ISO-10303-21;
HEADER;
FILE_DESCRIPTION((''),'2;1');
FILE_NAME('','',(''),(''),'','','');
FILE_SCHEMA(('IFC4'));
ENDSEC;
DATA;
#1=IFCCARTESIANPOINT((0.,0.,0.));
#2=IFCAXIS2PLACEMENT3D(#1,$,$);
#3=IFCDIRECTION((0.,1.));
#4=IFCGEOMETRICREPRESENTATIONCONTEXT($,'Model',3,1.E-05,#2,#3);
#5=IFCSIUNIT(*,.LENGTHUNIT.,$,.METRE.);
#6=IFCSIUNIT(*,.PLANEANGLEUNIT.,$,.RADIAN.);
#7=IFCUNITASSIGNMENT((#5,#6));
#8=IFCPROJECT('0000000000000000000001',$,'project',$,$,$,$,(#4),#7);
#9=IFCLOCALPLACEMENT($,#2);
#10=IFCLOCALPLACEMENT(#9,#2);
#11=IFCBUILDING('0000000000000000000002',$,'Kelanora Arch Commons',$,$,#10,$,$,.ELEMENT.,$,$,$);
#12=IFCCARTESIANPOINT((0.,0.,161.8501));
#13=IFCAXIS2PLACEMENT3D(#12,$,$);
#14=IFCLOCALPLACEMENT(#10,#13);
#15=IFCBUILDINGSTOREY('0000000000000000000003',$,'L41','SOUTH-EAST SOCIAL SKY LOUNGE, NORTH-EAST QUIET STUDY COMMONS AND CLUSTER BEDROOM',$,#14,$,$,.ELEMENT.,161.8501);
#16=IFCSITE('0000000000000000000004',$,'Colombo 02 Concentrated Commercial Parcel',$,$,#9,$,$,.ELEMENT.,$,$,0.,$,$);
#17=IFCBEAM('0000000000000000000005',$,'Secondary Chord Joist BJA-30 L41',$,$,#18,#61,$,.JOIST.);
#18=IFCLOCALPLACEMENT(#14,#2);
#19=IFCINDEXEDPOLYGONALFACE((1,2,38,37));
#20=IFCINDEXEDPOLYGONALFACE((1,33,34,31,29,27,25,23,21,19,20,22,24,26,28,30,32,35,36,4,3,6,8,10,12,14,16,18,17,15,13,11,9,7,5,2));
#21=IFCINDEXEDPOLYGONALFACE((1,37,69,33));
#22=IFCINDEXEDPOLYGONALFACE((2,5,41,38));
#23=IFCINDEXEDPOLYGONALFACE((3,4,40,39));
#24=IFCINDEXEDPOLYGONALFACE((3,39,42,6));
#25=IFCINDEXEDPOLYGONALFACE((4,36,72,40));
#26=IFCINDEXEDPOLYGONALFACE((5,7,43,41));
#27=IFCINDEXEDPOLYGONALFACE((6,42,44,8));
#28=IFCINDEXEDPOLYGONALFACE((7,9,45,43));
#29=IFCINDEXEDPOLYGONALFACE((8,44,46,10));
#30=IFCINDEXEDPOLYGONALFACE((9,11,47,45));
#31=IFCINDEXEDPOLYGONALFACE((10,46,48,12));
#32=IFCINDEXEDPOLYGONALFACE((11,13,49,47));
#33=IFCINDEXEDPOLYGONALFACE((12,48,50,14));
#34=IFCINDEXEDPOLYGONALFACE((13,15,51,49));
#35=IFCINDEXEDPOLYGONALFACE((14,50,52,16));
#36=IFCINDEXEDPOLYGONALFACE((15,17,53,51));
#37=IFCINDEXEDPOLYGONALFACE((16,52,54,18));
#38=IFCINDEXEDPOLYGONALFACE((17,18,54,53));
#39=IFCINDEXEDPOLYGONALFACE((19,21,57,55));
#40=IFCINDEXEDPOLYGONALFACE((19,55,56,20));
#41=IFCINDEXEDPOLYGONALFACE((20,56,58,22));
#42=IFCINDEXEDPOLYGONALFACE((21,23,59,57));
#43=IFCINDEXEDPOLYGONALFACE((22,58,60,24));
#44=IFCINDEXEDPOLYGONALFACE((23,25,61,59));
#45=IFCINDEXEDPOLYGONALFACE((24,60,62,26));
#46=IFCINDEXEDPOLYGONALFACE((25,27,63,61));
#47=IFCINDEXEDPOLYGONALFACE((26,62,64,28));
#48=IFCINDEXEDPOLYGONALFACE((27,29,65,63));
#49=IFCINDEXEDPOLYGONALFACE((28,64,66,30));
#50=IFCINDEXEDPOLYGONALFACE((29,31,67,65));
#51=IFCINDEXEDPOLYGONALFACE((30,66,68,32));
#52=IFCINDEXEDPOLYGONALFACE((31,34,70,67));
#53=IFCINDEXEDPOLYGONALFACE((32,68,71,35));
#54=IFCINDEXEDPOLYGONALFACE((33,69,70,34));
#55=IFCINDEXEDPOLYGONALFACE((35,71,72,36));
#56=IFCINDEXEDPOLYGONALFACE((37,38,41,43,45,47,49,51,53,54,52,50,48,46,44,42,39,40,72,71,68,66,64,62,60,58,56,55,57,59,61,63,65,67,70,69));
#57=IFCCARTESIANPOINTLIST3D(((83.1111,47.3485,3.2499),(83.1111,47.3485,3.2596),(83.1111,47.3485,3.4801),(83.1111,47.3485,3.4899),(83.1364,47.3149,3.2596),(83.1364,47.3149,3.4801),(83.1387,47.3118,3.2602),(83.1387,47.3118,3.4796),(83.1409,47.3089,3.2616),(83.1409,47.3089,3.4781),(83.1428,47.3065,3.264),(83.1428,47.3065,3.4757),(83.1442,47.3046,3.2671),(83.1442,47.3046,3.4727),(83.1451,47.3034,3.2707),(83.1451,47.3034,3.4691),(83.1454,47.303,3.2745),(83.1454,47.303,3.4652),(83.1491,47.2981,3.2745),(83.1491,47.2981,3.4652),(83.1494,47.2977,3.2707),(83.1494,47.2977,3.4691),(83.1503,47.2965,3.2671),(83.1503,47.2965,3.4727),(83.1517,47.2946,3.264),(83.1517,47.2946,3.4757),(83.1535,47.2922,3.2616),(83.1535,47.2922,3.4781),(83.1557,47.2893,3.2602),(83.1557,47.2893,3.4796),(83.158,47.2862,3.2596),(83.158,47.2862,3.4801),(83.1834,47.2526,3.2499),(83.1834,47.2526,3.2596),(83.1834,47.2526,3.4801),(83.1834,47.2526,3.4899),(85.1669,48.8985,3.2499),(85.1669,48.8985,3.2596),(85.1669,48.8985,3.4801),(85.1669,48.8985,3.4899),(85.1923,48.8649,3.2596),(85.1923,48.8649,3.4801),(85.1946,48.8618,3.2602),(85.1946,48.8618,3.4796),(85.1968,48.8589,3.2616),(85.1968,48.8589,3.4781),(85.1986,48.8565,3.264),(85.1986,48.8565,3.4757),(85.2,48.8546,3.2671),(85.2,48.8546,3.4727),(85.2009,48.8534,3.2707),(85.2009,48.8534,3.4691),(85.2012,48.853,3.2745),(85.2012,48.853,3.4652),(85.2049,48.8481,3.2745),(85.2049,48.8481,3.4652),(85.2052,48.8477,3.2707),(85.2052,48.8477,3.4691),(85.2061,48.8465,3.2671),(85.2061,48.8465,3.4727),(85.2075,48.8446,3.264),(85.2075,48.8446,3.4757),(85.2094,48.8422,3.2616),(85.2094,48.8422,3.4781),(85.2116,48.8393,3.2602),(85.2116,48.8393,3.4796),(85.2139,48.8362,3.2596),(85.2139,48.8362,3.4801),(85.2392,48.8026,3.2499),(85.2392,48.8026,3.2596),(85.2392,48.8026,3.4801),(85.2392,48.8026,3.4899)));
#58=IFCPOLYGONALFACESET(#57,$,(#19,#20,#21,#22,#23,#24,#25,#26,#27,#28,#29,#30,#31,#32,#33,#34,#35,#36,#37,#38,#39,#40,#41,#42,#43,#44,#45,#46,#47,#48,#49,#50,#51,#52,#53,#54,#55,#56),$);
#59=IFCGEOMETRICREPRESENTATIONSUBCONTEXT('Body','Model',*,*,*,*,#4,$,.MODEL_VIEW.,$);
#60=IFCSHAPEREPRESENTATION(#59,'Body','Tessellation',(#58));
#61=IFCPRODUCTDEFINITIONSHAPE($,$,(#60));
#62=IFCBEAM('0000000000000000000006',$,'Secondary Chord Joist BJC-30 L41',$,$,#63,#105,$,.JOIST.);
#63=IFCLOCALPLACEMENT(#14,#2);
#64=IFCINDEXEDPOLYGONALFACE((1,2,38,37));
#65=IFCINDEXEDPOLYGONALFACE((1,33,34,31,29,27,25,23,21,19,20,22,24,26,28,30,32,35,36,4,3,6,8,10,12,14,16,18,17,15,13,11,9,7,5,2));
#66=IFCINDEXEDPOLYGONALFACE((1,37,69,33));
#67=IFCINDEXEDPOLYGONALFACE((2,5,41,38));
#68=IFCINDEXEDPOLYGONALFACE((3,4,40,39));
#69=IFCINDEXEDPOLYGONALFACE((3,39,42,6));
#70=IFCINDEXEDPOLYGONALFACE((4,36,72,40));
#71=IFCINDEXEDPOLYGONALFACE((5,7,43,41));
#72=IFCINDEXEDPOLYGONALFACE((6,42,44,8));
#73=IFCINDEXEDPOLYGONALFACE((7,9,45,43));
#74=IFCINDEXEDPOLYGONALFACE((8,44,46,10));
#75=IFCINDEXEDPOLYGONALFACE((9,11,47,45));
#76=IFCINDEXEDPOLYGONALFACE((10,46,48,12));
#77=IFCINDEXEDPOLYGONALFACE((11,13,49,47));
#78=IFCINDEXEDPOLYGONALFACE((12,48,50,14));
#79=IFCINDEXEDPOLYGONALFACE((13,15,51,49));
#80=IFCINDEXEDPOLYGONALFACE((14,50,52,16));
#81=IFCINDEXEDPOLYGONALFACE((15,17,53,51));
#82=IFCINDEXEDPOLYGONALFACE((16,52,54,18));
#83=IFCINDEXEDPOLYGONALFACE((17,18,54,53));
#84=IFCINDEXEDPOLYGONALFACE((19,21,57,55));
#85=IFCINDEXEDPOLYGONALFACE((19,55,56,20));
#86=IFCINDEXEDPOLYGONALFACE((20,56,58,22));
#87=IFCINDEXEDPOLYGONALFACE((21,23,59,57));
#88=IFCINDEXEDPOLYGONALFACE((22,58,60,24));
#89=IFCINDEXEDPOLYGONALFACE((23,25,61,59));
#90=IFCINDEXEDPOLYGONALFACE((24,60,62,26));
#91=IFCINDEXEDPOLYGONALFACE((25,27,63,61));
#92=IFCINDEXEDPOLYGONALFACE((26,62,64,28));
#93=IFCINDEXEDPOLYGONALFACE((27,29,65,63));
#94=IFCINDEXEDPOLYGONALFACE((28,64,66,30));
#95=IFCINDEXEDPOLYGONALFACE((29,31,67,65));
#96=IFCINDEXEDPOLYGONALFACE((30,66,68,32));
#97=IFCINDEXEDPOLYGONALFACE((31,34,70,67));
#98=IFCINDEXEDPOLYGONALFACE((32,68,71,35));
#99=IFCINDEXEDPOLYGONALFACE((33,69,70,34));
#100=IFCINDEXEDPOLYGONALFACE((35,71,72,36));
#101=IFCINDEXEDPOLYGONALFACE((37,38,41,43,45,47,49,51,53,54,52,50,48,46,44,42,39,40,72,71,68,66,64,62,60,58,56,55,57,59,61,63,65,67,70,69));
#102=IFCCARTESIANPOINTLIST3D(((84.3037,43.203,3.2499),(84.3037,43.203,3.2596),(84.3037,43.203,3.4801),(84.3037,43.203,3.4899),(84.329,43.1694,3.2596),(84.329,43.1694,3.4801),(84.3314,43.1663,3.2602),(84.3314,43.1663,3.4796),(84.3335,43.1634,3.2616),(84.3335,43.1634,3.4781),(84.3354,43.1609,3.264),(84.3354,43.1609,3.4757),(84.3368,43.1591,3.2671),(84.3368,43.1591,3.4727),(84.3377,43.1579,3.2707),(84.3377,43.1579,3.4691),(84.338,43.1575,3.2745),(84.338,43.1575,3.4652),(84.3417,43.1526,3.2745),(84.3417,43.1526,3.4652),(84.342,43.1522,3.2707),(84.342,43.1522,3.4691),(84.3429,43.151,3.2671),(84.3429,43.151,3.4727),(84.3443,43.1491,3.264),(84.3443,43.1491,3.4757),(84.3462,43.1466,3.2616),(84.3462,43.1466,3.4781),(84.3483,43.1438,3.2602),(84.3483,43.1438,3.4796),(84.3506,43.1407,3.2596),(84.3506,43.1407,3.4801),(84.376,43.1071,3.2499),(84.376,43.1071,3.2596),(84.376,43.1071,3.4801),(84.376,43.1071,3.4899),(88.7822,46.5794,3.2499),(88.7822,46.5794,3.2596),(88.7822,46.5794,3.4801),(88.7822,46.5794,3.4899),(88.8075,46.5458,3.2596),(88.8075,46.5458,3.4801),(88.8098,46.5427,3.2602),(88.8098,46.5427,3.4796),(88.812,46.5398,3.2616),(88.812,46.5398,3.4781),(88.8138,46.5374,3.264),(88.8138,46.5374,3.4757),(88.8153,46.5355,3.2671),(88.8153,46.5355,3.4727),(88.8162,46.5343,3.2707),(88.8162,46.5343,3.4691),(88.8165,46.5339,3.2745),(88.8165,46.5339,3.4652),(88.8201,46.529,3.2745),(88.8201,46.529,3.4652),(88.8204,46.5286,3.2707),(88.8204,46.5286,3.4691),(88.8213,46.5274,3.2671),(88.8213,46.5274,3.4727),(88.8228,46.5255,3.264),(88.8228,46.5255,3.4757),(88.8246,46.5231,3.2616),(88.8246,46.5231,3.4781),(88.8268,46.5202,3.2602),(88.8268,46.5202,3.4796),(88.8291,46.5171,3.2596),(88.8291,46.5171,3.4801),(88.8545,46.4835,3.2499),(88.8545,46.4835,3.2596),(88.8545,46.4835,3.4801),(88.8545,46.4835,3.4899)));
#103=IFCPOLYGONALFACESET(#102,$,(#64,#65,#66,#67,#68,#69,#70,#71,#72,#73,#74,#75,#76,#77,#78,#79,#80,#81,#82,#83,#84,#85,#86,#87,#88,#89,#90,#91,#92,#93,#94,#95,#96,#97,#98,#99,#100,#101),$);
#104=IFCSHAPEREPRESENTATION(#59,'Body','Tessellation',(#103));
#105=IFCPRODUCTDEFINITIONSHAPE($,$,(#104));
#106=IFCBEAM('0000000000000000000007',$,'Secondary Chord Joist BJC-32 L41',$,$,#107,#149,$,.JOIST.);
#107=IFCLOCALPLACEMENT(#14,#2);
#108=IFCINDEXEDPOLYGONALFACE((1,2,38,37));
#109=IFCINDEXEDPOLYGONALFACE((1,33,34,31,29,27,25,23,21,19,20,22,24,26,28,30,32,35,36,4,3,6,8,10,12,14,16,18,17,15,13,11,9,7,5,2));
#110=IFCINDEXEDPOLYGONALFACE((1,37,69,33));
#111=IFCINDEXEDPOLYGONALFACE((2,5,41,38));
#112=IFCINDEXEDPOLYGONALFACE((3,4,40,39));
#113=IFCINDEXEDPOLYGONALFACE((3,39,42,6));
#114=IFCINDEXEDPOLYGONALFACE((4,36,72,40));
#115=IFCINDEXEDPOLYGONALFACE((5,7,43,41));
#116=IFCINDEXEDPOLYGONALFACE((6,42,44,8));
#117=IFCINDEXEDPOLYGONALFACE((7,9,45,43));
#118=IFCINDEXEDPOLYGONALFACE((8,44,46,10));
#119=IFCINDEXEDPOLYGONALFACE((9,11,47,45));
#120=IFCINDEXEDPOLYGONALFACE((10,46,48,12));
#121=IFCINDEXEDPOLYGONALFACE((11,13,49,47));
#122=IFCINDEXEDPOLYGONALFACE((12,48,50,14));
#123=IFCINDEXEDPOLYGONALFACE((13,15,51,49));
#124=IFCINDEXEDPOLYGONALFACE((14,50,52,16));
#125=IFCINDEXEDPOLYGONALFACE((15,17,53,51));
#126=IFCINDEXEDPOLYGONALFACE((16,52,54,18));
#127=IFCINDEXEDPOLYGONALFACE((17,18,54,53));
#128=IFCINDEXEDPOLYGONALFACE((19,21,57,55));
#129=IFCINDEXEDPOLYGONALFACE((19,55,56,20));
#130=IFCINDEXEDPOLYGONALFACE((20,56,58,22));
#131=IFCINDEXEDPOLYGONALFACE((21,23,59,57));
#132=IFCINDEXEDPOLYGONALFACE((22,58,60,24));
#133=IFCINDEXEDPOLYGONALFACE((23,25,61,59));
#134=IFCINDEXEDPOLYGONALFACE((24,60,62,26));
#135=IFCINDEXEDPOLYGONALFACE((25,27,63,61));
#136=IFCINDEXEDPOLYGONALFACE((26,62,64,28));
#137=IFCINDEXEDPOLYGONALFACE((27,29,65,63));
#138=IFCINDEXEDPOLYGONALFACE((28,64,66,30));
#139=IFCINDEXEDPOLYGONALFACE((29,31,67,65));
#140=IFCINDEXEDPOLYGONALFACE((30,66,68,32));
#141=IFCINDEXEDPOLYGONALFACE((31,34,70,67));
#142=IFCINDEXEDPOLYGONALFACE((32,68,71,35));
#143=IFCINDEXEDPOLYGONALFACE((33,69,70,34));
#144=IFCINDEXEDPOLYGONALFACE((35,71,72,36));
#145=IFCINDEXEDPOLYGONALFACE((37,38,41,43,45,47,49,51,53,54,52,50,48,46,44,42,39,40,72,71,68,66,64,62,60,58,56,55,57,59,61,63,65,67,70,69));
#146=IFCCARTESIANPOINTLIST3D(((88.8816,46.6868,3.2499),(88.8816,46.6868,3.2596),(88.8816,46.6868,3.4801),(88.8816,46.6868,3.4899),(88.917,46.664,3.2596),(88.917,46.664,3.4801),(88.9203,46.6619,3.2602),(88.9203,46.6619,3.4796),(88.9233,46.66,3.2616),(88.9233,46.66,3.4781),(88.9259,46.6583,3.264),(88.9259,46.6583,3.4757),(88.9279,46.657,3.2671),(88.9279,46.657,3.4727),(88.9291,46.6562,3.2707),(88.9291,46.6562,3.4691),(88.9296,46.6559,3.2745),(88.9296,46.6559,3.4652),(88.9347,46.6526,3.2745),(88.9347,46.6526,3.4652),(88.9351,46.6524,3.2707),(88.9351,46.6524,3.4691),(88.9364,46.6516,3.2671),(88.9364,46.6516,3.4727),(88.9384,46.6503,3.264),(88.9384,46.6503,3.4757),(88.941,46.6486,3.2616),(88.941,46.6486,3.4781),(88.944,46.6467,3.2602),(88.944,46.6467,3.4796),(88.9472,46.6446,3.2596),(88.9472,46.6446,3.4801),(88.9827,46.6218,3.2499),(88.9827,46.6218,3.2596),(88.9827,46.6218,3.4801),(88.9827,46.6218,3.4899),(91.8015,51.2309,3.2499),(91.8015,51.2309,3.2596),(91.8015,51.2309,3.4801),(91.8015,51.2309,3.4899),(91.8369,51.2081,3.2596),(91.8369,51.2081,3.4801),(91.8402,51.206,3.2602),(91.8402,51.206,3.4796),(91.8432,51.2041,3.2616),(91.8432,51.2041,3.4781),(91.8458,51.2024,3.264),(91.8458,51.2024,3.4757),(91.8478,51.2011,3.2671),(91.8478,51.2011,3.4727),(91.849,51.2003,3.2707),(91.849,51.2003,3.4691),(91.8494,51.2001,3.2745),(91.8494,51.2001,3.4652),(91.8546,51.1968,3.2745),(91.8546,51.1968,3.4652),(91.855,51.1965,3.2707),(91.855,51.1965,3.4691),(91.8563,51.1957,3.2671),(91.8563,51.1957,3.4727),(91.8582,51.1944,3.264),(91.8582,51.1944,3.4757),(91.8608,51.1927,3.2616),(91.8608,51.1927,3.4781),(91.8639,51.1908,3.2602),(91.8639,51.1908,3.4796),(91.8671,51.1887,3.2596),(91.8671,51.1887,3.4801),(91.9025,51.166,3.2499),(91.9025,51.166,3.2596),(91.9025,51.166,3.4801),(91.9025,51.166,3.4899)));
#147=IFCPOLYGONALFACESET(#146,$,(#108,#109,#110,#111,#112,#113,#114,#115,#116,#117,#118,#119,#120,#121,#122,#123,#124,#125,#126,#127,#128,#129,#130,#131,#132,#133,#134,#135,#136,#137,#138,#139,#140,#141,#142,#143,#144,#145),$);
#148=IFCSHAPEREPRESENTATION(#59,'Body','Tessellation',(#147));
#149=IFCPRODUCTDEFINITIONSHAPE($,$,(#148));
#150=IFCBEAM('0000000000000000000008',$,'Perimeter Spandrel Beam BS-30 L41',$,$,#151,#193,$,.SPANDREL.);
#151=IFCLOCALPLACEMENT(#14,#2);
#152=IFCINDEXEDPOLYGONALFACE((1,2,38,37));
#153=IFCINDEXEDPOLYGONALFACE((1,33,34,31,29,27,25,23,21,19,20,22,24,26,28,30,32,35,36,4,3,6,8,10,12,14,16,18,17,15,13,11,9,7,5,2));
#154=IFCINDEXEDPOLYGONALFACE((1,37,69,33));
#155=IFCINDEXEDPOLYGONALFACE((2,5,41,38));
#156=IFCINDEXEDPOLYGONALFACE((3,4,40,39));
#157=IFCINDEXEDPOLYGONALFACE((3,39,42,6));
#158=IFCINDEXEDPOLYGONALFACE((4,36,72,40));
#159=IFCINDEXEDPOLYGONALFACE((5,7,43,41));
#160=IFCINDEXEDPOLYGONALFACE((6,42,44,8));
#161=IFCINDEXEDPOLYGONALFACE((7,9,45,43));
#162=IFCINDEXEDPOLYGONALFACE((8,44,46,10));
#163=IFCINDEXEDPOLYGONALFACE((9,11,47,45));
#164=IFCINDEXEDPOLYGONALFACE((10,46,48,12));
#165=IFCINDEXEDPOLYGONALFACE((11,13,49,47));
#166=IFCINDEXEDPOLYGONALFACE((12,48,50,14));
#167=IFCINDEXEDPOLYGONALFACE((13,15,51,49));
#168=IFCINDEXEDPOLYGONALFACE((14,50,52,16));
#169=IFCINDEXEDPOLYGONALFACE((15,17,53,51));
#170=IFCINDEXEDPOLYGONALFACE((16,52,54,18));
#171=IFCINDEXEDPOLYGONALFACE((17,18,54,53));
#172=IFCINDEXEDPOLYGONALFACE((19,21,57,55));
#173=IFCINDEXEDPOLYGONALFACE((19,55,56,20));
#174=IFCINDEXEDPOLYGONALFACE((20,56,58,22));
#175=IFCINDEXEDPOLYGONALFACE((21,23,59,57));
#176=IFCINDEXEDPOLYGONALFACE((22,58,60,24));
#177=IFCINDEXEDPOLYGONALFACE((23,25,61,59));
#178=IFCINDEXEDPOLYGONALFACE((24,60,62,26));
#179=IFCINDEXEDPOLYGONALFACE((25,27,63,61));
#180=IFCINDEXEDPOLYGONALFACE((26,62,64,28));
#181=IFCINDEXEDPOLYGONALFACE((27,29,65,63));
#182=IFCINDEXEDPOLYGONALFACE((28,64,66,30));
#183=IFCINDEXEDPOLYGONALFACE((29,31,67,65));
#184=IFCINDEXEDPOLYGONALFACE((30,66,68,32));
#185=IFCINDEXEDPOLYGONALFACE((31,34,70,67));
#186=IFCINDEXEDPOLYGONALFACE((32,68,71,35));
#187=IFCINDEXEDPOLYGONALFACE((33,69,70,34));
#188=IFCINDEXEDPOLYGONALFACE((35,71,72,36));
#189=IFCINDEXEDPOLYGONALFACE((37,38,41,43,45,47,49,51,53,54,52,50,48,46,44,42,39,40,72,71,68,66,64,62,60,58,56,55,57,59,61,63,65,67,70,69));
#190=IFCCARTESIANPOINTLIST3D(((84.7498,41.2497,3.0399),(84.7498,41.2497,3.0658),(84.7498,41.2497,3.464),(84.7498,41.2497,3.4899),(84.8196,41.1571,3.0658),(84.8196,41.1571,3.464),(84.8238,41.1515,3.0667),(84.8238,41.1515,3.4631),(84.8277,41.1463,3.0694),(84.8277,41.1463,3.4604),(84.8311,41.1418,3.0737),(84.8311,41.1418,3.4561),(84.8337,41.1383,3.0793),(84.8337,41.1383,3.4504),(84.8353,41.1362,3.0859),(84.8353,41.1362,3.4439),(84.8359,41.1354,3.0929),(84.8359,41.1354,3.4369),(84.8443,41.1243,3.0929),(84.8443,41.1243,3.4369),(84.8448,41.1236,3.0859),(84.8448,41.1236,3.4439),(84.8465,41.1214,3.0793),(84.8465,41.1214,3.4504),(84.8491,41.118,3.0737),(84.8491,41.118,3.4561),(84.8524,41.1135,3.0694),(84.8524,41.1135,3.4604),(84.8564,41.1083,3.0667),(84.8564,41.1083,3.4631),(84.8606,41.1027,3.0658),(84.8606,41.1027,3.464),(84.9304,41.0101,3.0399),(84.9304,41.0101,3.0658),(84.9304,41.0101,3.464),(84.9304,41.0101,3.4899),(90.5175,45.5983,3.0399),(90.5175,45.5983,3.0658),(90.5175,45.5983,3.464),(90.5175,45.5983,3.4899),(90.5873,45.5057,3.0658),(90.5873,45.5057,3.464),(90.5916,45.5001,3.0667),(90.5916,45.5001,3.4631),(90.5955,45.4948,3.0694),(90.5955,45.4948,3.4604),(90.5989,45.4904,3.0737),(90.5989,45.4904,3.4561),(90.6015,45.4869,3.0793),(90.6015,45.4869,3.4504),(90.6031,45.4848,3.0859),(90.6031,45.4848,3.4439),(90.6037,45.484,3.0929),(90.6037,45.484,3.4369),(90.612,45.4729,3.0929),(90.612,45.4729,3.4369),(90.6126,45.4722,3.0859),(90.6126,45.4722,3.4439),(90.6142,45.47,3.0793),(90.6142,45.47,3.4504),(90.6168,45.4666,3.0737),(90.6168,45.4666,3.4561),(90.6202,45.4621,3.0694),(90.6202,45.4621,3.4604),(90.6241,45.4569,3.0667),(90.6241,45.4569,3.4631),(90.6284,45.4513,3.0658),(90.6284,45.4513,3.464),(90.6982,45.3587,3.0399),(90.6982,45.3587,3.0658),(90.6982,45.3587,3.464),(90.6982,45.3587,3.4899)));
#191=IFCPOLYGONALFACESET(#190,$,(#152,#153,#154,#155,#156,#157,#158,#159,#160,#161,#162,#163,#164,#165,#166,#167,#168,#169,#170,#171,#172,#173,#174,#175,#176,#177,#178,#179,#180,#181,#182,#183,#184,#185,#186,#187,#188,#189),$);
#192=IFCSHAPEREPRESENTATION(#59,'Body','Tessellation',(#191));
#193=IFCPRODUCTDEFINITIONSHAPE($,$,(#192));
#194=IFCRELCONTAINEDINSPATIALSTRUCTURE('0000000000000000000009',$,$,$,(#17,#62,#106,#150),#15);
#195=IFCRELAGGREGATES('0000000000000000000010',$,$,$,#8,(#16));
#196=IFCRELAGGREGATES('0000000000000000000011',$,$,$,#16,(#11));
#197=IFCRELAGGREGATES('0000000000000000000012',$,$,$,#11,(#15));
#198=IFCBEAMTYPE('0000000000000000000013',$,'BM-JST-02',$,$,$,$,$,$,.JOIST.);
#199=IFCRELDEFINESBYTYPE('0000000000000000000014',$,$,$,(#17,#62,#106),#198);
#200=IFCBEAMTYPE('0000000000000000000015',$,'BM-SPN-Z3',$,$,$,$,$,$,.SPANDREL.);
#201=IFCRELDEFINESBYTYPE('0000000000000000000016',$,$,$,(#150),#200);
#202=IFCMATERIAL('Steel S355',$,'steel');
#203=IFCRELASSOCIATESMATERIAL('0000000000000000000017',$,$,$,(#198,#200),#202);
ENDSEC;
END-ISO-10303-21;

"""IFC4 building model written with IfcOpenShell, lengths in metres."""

from ifc_helpers import new_model, si_unit, direction, frame, origin, origin_2d, place, context, subcontext, project, spatial, i_section, extrude, material, material_profile, profile_set, type_object, element, save


model = new_model("IFC4")

# Units and contexts
model_context = context("Model", 3, precision=1e-05, world=origin(), true_north=direction((0.0, 1.0)))
body_context = subcontext(model_context, "Body", "Model", "MODEL_VIEW")
ifc_project = project(units=[si_unit("LENGTHUNIT", "METRE"), si_unit("PLANEANGLEUNIT", "RADIAN")], contexts=[model_context])

# Site, building, storey
site_placement = place(None, origin())
site = spatial("IfcSite", under=ifc_project, at=site_placement, Name="Colombo 02 Concentrated Commercial Parcel", CompositionType="ELEMENT", RefElevation=0.0)
building_placement = place(site_placement, origin())
building = spatial("IfcBuilding", under=site, at=building_placement, Name="Kelanora Arch Commons", CompositionType="ELEMENT")
storey_placement = place(building_placement, frame((0.0, 0.0, 161.8501)))
storey = spatial("IfcBuildingStorey", under=building, at=storey_placement, Name="L41", Description="SOUTH-EAST SOCIAL SKY LOUNGE, NORTH-EAST QUIET STUDY COMMONS AND CLUSTER BEDROOM", CompositionType="ELEMENT", Elevation=161.8501)

# Beams
ifc_material_1 = material(Name="Steel S355", Category="steel")
ifc_material_profile_1 = material_profile(ifc_material_1, i_section(OverallWidth=0.1201, OverallDepth=0.24, WebThickness=0.0061, FlangeThickness=0.0098, FilletRadius=0.0149, at=origin_2d()), Name="IPE240")
ifc_profile_set_1 = profile_set([ifc_material_profile_1], Name="Steel S355")
beam_type_1 = type_object("IfcBeamType", Name="BM-JST-02", PredefinedType="JOIST", material=ifc_profile_set_1)
beam_1_placement = place(storey_placement, frame((83.1472, 47.3005, 3.3699), z_axis=(0.798484, 0.602016, 0.0), x_axis=(-0.602016, 0.798484, 0.0)))
element("IfcBeam", 1, at=beam_1_placement, inside=storey, type_object=beam_type_1, Name="Secondary Chord Joist BJA-30 L41", PredefinedType="JOIST", context=body_context, shape_type="SweptSolid", body=[
    extrude(i_section(OverallWidth=0.1201, OverallDepth=0.24, WebThickness=0.0061, FlangeThickness=0.0098, FilletRadius=0.0149, at=origin_2d()), origin(), (0.0, 0.0, 1.0), 2.5747),
])
beam_2_placement = place(storey_placement, frame((84.3398, 43.155, 3.3699), z_axis=(0.798493, 0.602004, 0.0), x_axis=(-0.602004, 0.798493, 0.0)))
element("IfcBeam", 2, at=beam_2_placement, inside=storey, type_object=beam_type_1, Name="Secondary Chord Joist BJC-30 L41", PredefinedType="JOIST", context=body_context, shape_type="SweptSolid", body=[
    extrude(i_section(OverallWidth=0.1201, OverallDepth=0.24, WebThickness=0.0061, FlangeThickness=0.0098, FilletRadius=0.0149, at=origin_2d()), origin(), (0.0, 0.0, 1.0), 5.6086),
])
beam_3_placement = place(storey_placement, frame((88.9321, 46.6543, 3.3699), z_axis=(0.540582, 0.841292, 0.0), x_axis=(-0.841292, 0.540582, 0.0)))
element("IfcBeam", 3, at=beam_3_placement, inside=storey, type_object=beam_type_1, Name="Secondary Chord Joist BJC-32 L41", PredefinedType="JOIST", context=body_context, shape_type="SweptSolid", body=[
    extrude(i_section(OverallWidth=0.1201, OverallDepth=0.24, WebThickness=0.0061, FlangeThickness=0.0098, FilletRadius=0.0149, at=origin_2d()), origin(), (0.0, 0.0, 1.0), 5.4014),
])
ifc_material_profile_2 = material_profile(ifc_material_1, i_section(OverallWidth=0.3, OverallDepth=0.45, WebThickness=0.0139, FlangeThickness=0.0259, FilletRadius=0.0271, at=origin_2d()), Name="HEB450")
ifc_profile_set_2 = profile_set([ifc_material_profile_2], Name="Steel S355")
beam_type_2 = type_object("IfcBeamType", Name="BM-SPN-Z3", PredefinedType="SPANDREL", material=ifc_profile_set_2)
beam_4_placement = place(storey_placement, frame((84.8401, 41.1299, 3.2649), z_axis=(0.798485, 0.602015, 0.0), x_axis=(-0.602015, 0.798485, 0.0)))
element("IfcBeam", 4, at=beam_4_placement, inside=storey, type_object=beam_type_2, Name="Perimeter Spandrel Beam BS-30 L41", PredefinedType="SPANDREL", context=body_context, shape_type="SweptSolid", body=[
    extrude(i_section(OverallWidth=0.3, OverallDepth=0.45, WebThickness=0.0139, FlangeThickness=0.0259, FilletRadius=0.0271, at=origin_2d()), origin(), (0.0, 0.0, 1.0), 7.2234),
])

save(model, "model.ifc")
